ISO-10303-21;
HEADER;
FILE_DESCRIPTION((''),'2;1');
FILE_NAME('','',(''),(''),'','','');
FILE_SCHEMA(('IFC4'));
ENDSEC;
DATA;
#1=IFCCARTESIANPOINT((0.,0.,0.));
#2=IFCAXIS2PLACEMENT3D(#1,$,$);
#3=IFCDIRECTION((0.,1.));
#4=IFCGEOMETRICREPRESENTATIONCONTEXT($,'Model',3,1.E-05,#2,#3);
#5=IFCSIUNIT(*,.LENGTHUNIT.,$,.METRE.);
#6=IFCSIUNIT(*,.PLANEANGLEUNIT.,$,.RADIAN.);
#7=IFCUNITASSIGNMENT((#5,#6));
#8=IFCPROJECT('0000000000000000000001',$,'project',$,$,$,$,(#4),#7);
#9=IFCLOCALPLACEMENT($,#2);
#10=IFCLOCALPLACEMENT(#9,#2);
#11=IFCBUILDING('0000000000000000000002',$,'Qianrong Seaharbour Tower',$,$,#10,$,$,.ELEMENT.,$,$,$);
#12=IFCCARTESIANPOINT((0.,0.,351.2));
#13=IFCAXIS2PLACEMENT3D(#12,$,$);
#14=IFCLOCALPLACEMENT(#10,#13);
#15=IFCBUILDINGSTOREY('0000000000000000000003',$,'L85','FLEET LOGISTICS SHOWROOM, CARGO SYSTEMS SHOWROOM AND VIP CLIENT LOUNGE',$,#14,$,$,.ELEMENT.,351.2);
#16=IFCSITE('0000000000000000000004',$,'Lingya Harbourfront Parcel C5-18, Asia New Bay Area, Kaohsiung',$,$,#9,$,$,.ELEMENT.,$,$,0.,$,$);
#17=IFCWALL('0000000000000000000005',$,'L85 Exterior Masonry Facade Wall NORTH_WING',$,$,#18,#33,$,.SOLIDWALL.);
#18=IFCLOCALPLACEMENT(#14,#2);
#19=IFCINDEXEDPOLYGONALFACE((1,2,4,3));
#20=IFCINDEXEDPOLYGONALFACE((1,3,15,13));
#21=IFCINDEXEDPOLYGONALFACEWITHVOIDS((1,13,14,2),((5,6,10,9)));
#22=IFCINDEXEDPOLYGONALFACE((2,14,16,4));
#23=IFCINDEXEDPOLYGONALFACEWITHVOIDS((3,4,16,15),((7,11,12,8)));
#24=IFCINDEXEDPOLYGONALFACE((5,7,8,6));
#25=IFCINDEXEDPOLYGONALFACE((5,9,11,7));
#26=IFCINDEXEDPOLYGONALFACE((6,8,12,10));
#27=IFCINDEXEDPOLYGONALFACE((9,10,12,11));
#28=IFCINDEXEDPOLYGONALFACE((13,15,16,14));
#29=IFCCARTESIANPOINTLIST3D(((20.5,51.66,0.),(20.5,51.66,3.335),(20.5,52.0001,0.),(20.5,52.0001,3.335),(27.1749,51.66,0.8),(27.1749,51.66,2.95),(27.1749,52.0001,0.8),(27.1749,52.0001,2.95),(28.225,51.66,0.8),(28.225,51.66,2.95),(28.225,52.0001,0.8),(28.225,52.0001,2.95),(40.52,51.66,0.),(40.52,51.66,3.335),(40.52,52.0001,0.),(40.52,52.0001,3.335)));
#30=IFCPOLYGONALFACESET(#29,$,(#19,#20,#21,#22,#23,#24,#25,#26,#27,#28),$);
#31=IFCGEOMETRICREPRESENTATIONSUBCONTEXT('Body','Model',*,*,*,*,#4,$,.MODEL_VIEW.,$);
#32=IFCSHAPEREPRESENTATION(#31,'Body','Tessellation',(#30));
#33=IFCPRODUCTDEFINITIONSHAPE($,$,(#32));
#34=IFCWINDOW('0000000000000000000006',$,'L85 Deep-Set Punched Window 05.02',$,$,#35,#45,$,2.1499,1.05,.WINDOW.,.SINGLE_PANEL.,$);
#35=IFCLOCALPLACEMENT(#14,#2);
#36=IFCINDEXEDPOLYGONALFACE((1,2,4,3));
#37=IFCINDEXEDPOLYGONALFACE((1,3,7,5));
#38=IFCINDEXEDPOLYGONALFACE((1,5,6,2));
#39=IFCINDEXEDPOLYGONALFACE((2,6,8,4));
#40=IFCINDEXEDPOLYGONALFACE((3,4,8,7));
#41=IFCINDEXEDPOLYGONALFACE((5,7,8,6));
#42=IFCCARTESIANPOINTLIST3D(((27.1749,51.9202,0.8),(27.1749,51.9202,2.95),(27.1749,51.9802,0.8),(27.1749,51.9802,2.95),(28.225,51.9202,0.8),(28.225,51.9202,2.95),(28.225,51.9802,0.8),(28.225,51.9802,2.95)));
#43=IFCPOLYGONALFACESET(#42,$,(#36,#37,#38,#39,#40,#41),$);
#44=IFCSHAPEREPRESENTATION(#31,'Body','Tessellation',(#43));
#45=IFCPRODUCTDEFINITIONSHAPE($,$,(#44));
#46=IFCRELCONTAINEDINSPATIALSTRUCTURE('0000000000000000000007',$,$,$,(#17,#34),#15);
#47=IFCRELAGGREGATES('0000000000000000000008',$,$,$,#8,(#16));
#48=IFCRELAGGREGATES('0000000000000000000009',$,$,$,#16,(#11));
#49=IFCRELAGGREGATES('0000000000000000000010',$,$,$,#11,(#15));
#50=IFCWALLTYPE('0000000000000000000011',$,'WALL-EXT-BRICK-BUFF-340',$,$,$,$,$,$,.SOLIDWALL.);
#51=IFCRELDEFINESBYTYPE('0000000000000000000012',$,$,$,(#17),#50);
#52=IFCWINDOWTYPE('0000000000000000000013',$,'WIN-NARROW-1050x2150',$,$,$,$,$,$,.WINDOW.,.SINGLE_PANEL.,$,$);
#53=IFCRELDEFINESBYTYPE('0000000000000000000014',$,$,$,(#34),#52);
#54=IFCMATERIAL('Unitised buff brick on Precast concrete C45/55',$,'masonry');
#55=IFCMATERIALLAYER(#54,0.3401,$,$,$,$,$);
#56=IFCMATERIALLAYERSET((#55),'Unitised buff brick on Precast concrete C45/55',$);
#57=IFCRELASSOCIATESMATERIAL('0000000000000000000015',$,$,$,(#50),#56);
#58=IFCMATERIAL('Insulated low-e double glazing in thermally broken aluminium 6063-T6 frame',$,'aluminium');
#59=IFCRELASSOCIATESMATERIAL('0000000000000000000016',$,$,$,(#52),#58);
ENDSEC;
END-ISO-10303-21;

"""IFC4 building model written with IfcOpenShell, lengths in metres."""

from ifc_helpers import new_model, si_unit, direction, frame, frame_2d, origin, place, context, subcontext, project, spatial, rectangle, extrude, material, layer, layer_set, type_object, element, fill, save


model = new_model("IFC4")

# Units and contexts
model_context = context("Model", 3, precision=1e-05, world=origin(), true_north=direction((0.0, 1.0)))
body_context = subcontext(model_context, "Body", "Model", "MODEL_VIEW")
ifc_project = project(units=[si_unit("LENGTHUNIT", "METRE"), si_unit("PLANEANGLEUNIT", "RADIAN")], contexts=[model_context])

# Site, building, storey
site_placement = place(None, origin())
site = spatial("IfcSite", under=ifc_project, at=site_placement, Name="Lingya Harbourfront Parcel C5-18, Asia New Bay Area, Kaohsiung", CompositionType="ELEMENT", RefElevation=0.0)
building_placement = place(site_placement, origin())
building = spatial("IfcBuilding", under=site, at=building_placement, Name="Qianrong Seaharbour Tower", CompositionType="ELEMENT")
storey_placement = place(building_placement, frame((0.0, 0.0, 351.2)))
storey = spatial("IfcBuildingStorey", under=building, at=storey_placement, Name="L85", Description="FLEET LOGISTICS SHOWROOM, CARGO SYSTEMS SHOWROOM AND VIP CLIENT LOUNGE", CompositionType="ELEMENT", Elevation=351.2)

# Shared definitions
ifc_material_1 = material(Name="Unitised buff brick on Precast concrete C45/55", Category="masonry")
ifc_layer_1 = layer(ifc_material_1, 0.3401)
ifc_layer_set_1 = layer_set([ifc_layer_1], Name="Unitised buff brick on Precast concrete C45/55")
wall_type_1 = type_object("IfcWallType", Name="WALL-EXT-BRICK-BUFF-340", PredefinedType="SOLIDWALL", material=ifc_layer_set_1)

# Wall, opening, window
wall_1_placement = place(storey_placement, frame((20.5, 51.8301, 0.0), z_axis=(0.0, 0.0, 1.0), x_axis=(1.0, 0.0, 0.0)))
wall_1 = element("IfcWall", 1, at=wall_1_placement, inside=storey, type_object=wall_type_1, Name="L85 Exterior Masonry Facade Wall NORTH_WING", PredefinedType="SOLIDWALL", context=body_context, shape_type="SweptSolid", body=[
    extrude(rectangle(XDim=20.02, YDim=0.3401, at=frame_2d((10.01, 0.0))), origin(), (0.0, 0.0, 1.0), 3.335),
])
opening_1_placement = place(wall_1_placement, frame((6.675, 0.0, 0.8)))
opening_1 = element("IfcOpeningElement", 2, at=opening_1_placement, cuts=wall_1, PredefinedType="OPENING", context=body_context, shape_type="SweptSolid", body=[
    extrude(rectangle(XDim=1.05, YDim=2.1499, at=frame_2d((0.5249, 1.075))), frame((0.0, 0.1802, 0.0), z_axis=(0.0, -1.0, 0.0), x_axis=(1.0, 0.0, 0.0)), (0.0, 0.0, 1.0), 0.3601),
])
ifc_material_2 = material(Name="Insulated low-e double glazing in thermally broken aluminium 6063-T6 frame", Category="aluminium")
window_type = type_object("IfcWindowType", Name="WIN-NARROW-1050x2150", PartitioningType="SINGLE_PANEL", PredefinedType="WINDOW", material=ifc_material_2)
window_placement = place(opening_1_placement, origin())
window = element("IfcWindow", 3, at=window_placement, inside=storey, type_object=window_type, Name="L85 Deep-Set Punched Window 05.02", OverallHeight=2.1499, OverallWidth=1.05, PartitioningType="SINGLE_PANEL", PredefinedType="WINDOW", context=body_context, shape_type="SweptSolid", body=[
    extrude(rectangle(XDim=1.05, YDim=2.1499, at=frame_2d((0.5249, 1.075))), frame((0.0, 0.1501, 0.0), z_axis=(0.0, -1.0, 0.0), x_axis=(1.0, 0.0, 0.0)), (0.0, 0.0, 1.0), 0.0601),
])
fill(opening_1, window)

save(model, "model.ifc")
